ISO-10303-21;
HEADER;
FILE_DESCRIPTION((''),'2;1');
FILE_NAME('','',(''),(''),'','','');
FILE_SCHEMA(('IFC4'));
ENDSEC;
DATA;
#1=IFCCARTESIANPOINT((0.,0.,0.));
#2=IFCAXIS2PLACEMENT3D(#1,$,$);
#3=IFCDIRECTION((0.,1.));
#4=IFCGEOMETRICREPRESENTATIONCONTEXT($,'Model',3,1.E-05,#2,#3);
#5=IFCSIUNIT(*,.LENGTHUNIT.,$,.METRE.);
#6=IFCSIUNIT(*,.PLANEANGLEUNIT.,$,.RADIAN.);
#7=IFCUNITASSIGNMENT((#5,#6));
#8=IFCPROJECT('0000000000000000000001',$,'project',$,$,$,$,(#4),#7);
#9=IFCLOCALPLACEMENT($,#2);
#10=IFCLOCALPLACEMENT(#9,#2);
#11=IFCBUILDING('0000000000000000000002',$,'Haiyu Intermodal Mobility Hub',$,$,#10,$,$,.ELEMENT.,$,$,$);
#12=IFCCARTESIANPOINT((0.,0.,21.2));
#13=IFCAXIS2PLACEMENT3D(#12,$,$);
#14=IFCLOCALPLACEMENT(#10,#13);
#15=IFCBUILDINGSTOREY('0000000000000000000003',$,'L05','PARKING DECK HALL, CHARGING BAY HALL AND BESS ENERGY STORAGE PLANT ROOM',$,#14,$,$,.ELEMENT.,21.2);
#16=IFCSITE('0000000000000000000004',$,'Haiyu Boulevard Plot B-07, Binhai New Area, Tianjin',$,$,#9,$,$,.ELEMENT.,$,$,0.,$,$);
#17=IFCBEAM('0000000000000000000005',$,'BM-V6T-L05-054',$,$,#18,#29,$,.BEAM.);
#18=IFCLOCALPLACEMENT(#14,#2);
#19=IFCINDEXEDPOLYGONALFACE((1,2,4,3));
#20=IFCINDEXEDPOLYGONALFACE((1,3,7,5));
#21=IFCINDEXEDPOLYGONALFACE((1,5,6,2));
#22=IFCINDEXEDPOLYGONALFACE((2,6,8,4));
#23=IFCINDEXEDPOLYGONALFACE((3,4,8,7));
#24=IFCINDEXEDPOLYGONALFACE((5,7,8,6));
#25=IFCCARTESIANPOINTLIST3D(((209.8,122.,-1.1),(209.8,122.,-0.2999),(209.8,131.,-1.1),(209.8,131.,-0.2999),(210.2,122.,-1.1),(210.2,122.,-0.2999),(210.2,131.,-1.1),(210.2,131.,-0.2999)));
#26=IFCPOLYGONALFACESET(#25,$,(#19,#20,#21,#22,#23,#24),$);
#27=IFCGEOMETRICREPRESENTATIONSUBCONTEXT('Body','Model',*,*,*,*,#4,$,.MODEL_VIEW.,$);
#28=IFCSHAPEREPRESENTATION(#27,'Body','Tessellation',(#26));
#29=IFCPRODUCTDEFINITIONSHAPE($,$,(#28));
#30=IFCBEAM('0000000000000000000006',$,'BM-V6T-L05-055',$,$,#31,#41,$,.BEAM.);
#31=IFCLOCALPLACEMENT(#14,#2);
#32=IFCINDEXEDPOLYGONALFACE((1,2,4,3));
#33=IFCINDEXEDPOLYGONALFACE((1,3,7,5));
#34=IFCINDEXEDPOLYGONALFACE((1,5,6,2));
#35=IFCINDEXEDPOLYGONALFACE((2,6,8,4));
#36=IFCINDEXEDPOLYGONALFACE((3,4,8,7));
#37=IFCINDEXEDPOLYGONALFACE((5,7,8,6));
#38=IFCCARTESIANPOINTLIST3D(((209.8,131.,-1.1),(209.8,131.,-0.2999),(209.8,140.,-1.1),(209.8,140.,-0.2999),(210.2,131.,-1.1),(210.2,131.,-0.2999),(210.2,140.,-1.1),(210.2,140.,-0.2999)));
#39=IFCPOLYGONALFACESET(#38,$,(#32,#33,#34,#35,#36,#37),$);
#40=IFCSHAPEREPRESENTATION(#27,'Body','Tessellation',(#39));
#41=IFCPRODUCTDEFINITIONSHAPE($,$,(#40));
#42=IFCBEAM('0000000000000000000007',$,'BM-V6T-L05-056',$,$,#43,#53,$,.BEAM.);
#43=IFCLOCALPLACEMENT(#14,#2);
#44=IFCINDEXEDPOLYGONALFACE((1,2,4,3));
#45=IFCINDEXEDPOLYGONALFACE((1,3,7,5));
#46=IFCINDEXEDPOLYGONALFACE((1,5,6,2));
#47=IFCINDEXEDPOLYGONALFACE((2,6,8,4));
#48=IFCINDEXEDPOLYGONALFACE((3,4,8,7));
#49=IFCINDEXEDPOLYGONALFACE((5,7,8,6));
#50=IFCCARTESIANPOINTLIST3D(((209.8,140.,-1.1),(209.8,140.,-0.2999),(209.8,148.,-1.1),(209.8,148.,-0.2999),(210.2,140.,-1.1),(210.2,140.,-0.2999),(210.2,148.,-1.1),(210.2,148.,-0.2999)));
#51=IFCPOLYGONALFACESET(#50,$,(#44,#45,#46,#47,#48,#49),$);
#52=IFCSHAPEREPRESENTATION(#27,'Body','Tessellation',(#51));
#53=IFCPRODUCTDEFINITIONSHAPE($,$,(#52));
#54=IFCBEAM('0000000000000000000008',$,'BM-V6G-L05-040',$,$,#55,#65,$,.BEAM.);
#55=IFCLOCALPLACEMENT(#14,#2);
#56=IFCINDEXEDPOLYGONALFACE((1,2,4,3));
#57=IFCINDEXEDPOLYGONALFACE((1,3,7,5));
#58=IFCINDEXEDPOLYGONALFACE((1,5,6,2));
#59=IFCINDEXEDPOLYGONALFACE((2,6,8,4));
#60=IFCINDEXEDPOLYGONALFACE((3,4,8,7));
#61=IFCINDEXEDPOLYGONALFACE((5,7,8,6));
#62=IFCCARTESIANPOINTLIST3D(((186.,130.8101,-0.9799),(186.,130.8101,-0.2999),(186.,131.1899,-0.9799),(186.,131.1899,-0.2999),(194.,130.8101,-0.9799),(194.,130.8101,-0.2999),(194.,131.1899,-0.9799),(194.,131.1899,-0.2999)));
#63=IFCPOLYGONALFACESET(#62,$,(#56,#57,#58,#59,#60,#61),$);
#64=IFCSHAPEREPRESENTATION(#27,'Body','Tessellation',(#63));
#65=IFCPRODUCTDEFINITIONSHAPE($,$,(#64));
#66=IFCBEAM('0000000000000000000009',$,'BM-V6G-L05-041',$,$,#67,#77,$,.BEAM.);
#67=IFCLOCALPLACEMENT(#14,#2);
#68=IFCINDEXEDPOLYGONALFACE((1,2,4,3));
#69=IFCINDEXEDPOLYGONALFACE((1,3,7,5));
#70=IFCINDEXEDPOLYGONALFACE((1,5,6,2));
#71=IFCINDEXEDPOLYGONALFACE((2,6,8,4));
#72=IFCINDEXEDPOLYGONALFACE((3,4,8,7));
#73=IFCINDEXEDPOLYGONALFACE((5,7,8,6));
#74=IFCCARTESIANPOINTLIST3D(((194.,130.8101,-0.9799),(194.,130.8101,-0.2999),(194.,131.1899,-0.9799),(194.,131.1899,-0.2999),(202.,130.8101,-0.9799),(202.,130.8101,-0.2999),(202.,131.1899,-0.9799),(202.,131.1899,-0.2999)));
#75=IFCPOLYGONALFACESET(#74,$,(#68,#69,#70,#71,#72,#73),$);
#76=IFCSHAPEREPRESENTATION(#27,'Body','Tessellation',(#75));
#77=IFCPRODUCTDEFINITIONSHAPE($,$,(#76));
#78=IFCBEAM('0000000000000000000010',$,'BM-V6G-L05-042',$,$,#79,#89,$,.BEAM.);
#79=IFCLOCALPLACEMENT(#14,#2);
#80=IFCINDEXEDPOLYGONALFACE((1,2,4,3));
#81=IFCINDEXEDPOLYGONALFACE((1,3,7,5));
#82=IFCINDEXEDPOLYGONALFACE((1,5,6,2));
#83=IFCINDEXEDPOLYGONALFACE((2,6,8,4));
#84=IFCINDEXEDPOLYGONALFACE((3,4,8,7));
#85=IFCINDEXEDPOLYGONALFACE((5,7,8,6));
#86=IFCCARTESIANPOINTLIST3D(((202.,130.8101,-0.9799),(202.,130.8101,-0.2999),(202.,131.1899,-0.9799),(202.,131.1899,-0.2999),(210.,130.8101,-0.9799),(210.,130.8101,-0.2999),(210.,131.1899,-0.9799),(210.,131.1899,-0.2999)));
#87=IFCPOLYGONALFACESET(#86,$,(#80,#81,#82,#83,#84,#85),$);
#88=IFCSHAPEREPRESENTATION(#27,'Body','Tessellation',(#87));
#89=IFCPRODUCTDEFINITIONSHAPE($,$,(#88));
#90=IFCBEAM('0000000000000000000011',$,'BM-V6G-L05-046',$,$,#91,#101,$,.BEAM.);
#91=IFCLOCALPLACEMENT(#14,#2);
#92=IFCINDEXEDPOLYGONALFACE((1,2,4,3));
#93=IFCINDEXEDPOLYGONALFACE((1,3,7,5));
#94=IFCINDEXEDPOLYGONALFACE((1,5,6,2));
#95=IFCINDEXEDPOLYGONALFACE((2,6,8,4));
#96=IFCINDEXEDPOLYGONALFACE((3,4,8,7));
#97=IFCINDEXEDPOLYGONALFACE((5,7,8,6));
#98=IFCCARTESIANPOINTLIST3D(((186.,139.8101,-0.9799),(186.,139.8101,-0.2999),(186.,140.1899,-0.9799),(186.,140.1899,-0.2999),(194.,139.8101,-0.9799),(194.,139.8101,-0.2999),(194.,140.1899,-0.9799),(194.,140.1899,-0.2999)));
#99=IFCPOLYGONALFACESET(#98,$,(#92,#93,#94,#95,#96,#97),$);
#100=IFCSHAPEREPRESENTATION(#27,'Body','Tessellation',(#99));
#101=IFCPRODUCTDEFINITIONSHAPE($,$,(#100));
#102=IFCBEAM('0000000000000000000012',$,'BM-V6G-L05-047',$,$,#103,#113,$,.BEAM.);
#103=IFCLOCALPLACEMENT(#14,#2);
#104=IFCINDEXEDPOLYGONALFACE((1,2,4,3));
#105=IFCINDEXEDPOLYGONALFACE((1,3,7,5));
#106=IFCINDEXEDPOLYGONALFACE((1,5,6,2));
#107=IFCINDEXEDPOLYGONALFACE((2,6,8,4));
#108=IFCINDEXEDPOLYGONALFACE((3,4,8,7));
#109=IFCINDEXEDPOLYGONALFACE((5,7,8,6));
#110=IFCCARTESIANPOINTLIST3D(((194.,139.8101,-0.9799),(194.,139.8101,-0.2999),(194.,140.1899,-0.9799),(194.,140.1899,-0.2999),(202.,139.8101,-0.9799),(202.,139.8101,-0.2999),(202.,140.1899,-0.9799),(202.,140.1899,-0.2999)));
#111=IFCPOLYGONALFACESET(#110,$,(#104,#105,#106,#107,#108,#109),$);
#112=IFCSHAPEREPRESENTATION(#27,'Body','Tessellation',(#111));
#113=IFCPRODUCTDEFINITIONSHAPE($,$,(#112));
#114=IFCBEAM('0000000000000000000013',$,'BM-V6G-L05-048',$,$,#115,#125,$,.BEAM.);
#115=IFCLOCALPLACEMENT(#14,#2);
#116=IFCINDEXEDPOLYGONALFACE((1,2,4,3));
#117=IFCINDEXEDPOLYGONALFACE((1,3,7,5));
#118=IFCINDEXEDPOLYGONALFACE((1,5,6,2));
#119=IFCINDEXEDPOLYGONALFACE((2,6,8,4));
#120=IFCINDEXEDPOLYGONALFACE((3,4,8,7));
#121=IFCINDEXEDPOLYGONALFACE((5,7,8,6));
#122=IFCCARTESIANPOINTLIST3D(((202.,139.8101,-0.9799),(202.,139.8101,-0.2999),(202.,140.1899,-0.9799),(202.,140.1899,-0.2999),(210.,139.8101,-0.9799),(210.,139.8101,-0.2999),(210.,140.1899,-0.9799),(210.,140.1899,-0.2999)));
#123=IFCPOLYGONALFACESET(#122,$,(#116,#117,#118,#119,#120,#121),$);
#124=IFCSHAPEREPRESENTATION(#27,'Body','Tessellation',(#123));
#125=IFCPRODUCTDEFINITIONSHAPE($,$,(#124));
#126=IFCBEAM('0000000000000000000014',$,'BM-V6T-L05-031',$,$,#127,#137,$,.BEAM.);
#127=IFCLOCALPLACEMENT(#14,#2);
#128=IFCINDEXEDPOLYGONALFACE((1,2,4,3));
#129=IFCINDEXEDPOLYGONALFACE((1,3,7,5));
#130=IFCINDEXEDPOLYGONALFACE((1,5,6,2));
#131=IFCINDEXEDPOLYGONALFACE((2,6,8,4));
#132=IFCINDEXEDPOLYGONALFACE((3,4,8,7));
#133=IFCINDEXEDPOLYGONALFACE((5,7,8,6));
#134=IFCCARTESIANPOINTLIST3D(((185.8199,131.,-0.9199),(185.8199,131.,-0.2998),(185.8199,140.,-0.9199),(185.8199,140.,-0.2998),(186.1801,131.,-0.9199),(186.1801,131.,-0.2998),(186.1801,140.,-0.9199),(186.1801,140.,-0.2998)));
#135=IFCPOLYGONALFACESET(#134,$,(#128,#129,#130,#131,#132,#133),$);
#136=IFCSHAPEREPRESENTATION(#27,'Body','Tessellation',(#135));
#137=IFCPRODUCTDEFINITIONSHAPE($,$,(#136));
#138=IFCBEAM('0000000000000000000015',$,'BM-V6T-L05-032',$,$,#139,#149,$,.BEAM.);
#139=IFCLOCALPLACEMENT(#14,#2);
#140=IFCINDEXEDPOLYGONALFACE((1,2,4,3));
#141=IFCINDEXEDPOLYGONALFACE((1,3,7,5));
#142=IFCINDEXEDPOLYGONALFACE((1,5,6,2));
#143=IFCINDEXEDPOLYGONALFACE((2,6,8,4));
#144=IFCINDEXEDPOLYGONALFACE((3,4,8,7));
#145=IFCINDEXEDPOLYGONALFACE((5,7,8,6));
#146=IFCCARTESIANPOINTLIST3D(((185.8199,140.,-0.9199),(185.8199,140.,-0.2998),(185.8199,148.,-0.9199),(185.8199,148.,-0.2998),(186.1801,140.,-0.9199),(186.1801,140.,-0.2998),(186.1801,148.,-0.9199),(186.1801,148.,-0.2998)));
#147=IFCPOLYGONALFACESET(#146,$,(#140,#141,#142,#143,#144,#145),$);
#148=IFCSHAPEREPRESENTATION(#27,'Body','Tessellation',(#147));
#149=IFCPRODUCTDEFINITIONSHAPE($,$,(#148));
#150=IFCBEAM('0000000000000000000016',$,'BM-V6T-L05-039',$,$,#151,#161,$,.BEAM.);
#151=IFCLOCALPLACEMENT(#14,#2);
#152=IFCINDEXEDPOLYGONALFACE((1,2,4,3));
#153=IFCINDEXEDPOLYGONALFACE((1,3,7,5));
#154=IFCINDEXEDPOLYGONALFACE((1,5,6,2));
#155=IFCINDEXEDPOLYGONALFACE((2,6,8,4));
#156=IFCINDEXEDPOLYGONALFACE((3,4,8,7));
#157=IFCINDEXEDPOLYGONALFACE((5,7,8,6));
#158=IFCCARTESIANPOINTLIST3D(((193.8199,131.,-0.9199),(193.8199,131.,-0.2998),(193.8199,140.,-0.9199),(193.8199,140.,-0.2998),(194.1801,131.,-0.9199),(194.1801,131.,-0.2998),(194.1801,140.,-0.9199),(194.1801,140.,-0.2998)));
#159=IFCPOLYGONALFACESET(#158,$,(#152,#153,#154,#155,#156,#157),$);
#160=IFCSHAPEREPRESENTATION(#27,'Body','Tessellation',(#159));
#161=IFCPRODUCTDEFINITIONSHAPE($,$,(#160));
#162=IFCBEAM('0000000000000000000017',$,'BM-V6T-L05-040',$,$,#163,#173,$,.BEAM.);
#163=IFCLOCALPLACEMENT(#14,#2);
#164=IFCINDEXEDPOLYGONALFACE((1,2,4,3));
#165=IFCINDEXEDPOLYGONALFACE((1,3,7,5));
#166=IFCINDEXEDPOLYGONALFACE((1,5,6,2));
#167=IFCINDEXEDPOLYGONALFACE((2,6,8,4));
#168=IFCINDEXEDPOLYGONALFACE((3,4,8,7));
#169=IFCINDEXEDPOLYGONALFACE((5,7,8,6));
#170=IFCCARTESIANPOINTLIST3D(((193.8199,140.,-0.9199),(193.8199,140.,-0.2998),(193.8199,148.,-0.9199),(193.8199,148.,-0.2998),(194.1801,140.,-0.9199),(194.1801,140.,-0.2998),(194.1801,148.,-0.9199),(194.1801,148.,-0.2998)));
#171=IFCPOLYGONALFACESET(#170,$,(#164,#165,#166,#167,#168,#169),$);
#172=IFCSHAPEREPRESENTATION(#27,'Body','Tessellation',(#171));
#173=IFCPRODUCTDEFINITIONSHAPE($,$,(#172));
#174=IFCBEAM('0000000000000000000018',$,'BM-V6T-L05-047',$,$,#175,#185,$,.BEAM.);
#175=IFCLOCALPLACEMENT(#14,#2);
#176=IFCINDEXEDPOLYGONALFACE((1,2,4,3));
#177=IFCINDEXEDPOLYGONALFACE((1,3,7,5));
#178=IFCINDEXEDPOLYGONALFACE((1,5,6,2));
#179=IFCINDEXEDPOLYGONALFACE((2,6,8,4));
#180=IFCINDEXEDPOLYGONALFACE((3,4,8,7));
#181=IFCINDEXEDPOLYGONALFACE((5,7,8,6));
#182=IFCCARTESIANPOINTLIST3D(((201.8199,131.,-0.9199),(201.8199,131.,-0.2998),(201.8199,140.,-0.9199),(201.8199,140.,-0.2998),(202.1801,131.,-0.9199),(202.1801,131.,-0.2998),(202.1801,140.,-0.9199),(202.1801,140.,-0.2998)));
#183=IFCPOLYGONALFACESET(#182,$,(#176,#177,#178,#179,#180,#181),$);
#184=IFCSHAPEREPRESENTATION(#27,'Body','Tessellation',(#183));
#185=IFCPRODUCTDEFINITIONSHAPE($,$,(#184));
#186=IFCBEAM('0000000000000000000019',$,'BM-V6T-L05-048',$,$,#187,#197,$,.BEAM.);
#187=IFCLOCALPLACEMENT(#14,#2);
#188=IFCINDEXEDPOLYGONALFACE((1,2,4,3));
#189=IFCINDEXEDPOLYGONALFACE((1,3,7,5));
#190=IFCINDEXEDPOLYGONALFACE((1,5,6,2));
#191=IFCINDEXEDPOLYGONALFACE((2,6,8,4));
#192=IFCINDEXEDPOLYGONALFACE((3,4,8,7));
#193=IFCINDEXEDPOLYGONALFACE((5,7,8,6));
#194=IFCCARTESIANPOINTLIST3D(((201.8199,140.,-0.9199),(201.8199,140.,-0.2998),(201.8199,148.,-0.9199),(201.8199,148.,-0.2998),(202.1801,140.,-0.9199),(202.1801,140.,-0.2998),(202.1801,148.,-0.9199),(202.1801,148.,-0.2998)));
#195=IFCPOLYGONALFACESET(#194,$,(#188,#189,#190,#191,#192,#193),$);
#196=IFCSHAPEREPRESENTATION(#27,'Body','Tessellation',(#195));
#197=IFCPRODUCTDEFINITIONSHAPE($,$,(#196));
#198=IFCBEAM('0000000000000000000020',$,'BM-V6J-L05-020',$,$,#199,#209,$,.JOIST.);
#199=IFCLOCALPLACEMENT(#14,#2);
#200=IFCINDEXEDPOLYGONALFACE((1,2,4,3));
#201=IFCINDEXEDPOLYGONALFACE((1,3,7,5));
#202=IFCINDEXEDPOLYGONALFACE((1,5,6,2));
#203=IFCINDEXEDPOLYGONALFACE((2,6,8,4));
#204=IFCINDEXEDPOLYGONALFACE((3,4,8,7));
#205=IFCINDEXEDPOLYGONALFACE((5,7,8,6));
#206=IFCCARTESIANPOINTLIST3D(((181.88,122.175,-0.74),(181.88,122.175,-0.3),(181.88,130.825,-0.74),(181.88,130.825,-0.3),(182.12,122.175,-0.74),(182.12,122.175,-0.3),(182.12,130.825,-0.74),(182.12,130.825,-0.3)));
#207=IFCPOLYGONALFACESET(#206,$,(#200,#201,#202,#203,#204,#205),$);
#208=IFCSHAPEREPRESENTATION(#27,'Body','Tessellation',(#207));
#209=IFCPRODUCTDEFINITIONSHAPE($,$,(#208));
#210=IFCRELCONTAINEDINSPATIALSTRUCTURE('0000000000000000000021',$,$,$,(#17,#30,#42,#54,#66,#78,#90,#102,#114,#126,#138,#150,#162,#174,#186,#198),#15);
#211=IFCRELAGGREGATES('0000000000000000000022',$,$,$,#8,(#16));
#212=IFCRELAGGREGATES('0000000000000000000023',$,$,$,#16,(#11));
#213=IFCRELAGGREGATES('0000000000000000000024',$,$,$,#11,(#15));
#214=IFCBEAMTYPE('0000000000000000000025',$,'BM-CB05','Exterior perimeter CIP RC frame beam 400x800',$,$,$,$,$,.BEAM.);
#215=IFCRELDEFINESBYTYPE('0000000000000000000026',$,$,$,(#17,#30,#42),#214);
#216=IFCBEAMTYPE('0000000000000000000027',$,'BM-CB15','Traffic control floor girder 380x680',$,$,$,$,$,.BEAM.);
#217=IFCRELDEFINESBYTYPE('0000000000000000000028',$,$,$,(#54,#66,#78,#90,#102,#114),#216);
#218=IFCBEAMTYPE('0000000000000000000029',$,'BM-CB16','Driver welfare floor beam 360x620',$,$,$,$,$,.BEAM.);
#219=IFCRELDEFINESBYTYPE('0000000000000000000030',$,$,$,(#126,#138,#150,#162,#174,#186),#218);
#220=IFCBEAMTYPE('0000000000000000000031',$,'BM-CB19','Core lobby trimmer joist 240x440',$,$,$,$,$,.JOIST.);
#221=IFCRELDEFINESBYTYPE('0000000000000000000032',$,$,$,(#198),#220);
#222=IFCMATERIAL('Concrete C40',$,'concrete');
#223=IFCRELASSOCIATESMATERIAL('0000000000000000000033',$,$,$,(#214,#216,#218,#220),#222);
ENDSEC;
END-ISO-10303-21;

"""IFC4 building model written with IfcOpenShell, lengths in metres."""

from ifc_helpers import new_model, si_unit, direction, frame, origin, origin_2d, place, context, subcontext, project, spatial, rectangle, extrude, material, material_profile, profile_set, type_object, element, save


model = new_model("IFC4")

# Units and contexts
model_context = context("Model", 3, precision=1e-05, world=origin(), true_north=direction((0.0, 1.0)))
body_context = subcontext(model_context, "Body", "Model", "MODEL_VIEW")
ifc_project = project(units=[si_unit("LENGTHUNIT", "METRE"), si_unit("PLANEANGLEUNIT", "RADIAN")], contexts=[model_context])

# Site, building, storey
site_placement = place(None, origin())
site = spatial("IfcSite", under=ifc_project, at=site_placement, Name="Haiyu Boulevard Plot B-07, Binhai New Area, Tianjin", CompositionType="ELEMENT", RefElevation=0.0)
building_placement = place(site_placement, origin())
building = spatial("IfcBuilding", under=site, at=building_placement, Name="Haiyu Intermodal Mobility Hub", CompositionType="ELEMENT")
storey_placement = place(building_placement, frame((0.0, 0.0, 21.2)))
storey = spatial("IfcBuildingStorey", under=building, at=storey_placement, Name="L05", Description="PARKING DECK HALL, CHARGING BAY HALL AND BESS ENERGY STORAGE PLANT ROOM", CompositionType="ELEMENT", Elevation=21.2)

# Beams
ifc_material_1 = material(Name="Concrete C40", Category="concrete")
ifc_material_profile_1 = material_profile(ifc_material_1, rectangle(XDim=0.3999, YDim=0.8, at=origin_2d()), Name="RCB400x800")
ifc_profile_set_1 = profile_set([ifc_material_profile_1], Name="Concrete C40")
beam_type_1 = type_object("IfcBeamType", Name="BM-CB05", Description="Exterior perimeter CIP RC frame beam 400x800", PredefinedType="BEAM", material=ifc_profile_set_1)
for number, where, z_axis, x_axis, name in (
    (1, (210.0, 122.0, -0.7), (0.0, 1.0, 0.0), (-1.0, 0.0, 0.0), "BM-V6T-L05-054"),
    (2, (210.0, 131.0, -0.7), (0.0, 1.0, 0.0), (-1.0, 0.0, 0.0), "BM-V6T-L05-055"),
):
    element("IfcBeam", number, at=place(storey_placement, frame(where, z_axis=z_axis, x_axis=x_axis)), inside=storey, type_object=beam_type_1, Name=name, PredefinedType="BEAM", context=body_context, shape_type="SweptSolid", body=[
        extrude(rectangle(XDim=0.3999, YDim=0.8, at=origin_2d()), origin(), (0.0, 0.0, 1.0), 9.0),
    ])
beam_1_placement = place(storey_placement, frame((210.0, 140.0, -0.7), z_axis=(0.0, 1.0, 0.0), x_axis=(-1.0, 0.0, 0.0)))
element("IfcBeam", 3, at=beam_1_placement, inside=storey, type_object=beam_type_1, Name="BM-V6T-L05-056", PredefinedType="BEAM", context=body_context, shape_type="SweptSolid", body=[
    extrude(rectangle(XDim=0.3999, YDim=0.8, at=origin_2d()), origin(), (0.0, 0.0, 1.0), 8.0),
])
ifc_material_profile_2 = material_profile(ifc_material_1, rectangle(XDim=0.3799, YDim=0.6799, at=origin_2d()), Name="B380x680")
ifc_profile_set_2 = profile_set([ifc_material_profile_2], Name="Concrete C40")
beam_type_2 = type_object("IfcBeamType", Name="BM-CB15", Description="Traffic control floor girder 380x680", PredefinedType="BEAM", material=ifc_profile_set_2)
for number, where, z_axis, x_axis, name in (
    (4, (186.0, 131.0, -0.6399), (1.0, 0.0, 0.0), (0.0, 1.0, 0.0), "BM-V6G-L05-040"),
    (5, (194.0, 131.0, -0.6399), (1.0, 0.0, 0.0), (0.0, 1.0, 0.0), "BM-V6G-L05-041"),
    (6, (202.0, 131.0, -0.6399), (1.0, 0.0, 0.0), (0.0, 1.0, 0.0), "BM-V6G-L05-042"),
    (7, (186.0, 140.0, -0.6399), (1.0, 0.0, 0.0), (0.0, 1.0, 0.0), "BM-V6G-L05-046"),
    (8, (194.0, 140.0, -0.6399), (1.0, 0.0, 0.0), (0.0, 1.0, 0.0), "BM-V6G-L05-047"),
    (9, (202.0, 140.0, -0.6399), (1.0, 0.0, 0.0), (0.0, 1.0, 0.0), "BM-V6G-L05-048"),
):
    element("IfcBeam", number, at=place(storey_placement, frame(where, z_axis=z_axis, x_axis=x_axis)), inside=storey, type_object=beam_type_2, Name=name, PredefinedType="BEAM", context=body_context, shape_type="SweptSolid", body=[
        extrude(rectangle(XDim=0.3799, YDim=0.6799, at=origin_2d()), origin(), (0.0, 0.0, 1.0), 8.0),
    ])
ifc_material_profile_3 = material_profile(ifc_material_1, rectangle(XDim=0.3601, YDim=0.6201, at=origin_2d()), Name="B360x620")
ifc_profile_set_3 = profile_set([ifc_material_profile_3], Name="Concrete C40")
beam_type_3 = type_object("IfcBeamType", Name="BM-CB16", Description="Driver welfare floor beam 360x620", PredefinedType="BEAM", material=ifc_profile_set_3)
beam_2_placement = place(storey_placement, frame((186.0, 131.0, -0.6099), z_axis=(0.0, 1.0, 0.0), x_axis=(-1.0, 0.0, 0.0)))
element("IfcBeam", 10, at=beam_2_placement, inside=storey, type_object=beam_type_3, Name="BM-V6T-L05-031", PredefinedType="BEAM", context=body_context, shape_type="SweptSolid", body=[
    extrude(rectangle(XDim=0.3601, YDim=0.6201, at=origin_2d()), origin(), (0.0, 0.0, 1.0), 9.0),
])
beam_3_placement = place(storey_placement, frame((186.0, 140.0, -0.6099), z_axis=(0.0, 1.0, 0.0), x_axis=(-1.0, 0.0, 0.0)))
element("IfcBeam", 11, at=beam_3_placement, inside=storey, type_object=beam_type_3, Name="BM-V6T-L05-032", PredefinedType="BEAM", context=body_context, shape_type="SweptSolid", body=[
    extrude(rectangle(XDim=0.3601, YDim=0.6201, at=origin_2d()), origin(), (0.0, 0.0, 1.0), 8.0),
])
beam_4_placement = place(storey_placement, frame((194.0, 131.0, -0.6099), z_axis=(0.0, 1.0, 0.0), x_axis=(-1.0, 0.0, 0.0)))
element("IfcBeam", 12, at=beam_4_placement, inside=storey, type_object=beam_type_3, Name="BM-V6T-L05-039", PredefinedType="BEAM", context=body_context, shape_type="SweptSolid", body=[
    extrude(rectangle(XDim=0.3601, YDim=0.6201, at=origin_2d()), origin(), (0.0, 0.0, 1.0), 9.0),
])
beam_5_placement = place(storey_placement, frame((194.0, 140.0, -0.6099), z_axis=(0.0, 1.0, 0.0), x_axis=(-1.0, 0.0, 0.0)))
element("IfcBeam", 13, at=beam_5_placement, inside=storey, type_object=beam_type_3, Name="BM-V6T-L05-040", PredefinedType="BEAM", context=body_context, shape_type="SweptSolid", body=[
    extrude(rectangle(XDim=0.3601, YDim=0.6201, at=origin_2d()), origin(), (0.0, 0.0, 1.0), 8.0),
])
beam_6_placement = place(storey_placement, frame((202.0, 131.0, -0.6099), z_axis=(0.0, 1.0, 0.0), x_axis=(-1.0, 0.0, 0.0)))
element("IfcBeam", 14, at=beam_6_placement, inside=storey, type_object=beam_type_3, Name="BM-V6T-L05-047", PredefinedType="BEAM", context=body_context, shape_type="SweptSolid", body=[
    extrude(rectangle(XDim=0.3601, YDim=0.6201, at=origin_2d()), origin(), (0.0, 0.0, 1.0), 9.0),
])
beam_7_placement = place(storey_placement, frame((202.0, 140.0, -0.6099), z_axis=(0.0, 1.0, 0.0), x_axis=(-1.0, 0.0, 0.0)))
element("IfcBeam", 15, at=beam_7_placement, inside=storey, type_object=beam_type_3, Name="BM-V6T-L05-048", PredefinedType="BEAM", context=body_context, shape_type="SweptSolid", body=[
    extrude(rectangle(XDim=0.3601, YDim=0.6201, at=origin_2d()), origin(), (0.0, 0.0, 1.0), 8.0),
])
ifc_material_profile_4 = material_profile(ifc_material_1, rectangle(XDim=0.24, YDim=0.4399, at=origin_2d()), Name="B240x440")
ifc_profile_set_4 = profile_set([ifc_material_profile_4], Name="Concrete C40")
beam_type_4 = type_object("IfcBeamType", Name="BM-CB19", Description="Core lobby trimmer joist 240x440", PredefinedType="JOIST", material=ifc_profile_set_4)
for number, where, z_axis, x_axis, name in (
    (16, (182.0, 122.175, -0.52), (0.0, 1.0, 0.0), (-1.0, 0.0, 0.0), "BM-V6J-L05-020"),
):
    element("IfcBeam", number, at=place(storey_placement, frame(where, z_axis=z_axis, x_axis=x_axis)), inside=storey, type_object=beam_type_4, Name=name, PredefinedType="JOIST", context=body_context, shape_type="SweptSolid", body=[
        extrude(rectangle(XDim=0.24, YDim=0.4399, at=origin_2d()), origin(), (0.0, 0.0, 1.0), 8.6499),
    ])

save(model, "model.ifc")
